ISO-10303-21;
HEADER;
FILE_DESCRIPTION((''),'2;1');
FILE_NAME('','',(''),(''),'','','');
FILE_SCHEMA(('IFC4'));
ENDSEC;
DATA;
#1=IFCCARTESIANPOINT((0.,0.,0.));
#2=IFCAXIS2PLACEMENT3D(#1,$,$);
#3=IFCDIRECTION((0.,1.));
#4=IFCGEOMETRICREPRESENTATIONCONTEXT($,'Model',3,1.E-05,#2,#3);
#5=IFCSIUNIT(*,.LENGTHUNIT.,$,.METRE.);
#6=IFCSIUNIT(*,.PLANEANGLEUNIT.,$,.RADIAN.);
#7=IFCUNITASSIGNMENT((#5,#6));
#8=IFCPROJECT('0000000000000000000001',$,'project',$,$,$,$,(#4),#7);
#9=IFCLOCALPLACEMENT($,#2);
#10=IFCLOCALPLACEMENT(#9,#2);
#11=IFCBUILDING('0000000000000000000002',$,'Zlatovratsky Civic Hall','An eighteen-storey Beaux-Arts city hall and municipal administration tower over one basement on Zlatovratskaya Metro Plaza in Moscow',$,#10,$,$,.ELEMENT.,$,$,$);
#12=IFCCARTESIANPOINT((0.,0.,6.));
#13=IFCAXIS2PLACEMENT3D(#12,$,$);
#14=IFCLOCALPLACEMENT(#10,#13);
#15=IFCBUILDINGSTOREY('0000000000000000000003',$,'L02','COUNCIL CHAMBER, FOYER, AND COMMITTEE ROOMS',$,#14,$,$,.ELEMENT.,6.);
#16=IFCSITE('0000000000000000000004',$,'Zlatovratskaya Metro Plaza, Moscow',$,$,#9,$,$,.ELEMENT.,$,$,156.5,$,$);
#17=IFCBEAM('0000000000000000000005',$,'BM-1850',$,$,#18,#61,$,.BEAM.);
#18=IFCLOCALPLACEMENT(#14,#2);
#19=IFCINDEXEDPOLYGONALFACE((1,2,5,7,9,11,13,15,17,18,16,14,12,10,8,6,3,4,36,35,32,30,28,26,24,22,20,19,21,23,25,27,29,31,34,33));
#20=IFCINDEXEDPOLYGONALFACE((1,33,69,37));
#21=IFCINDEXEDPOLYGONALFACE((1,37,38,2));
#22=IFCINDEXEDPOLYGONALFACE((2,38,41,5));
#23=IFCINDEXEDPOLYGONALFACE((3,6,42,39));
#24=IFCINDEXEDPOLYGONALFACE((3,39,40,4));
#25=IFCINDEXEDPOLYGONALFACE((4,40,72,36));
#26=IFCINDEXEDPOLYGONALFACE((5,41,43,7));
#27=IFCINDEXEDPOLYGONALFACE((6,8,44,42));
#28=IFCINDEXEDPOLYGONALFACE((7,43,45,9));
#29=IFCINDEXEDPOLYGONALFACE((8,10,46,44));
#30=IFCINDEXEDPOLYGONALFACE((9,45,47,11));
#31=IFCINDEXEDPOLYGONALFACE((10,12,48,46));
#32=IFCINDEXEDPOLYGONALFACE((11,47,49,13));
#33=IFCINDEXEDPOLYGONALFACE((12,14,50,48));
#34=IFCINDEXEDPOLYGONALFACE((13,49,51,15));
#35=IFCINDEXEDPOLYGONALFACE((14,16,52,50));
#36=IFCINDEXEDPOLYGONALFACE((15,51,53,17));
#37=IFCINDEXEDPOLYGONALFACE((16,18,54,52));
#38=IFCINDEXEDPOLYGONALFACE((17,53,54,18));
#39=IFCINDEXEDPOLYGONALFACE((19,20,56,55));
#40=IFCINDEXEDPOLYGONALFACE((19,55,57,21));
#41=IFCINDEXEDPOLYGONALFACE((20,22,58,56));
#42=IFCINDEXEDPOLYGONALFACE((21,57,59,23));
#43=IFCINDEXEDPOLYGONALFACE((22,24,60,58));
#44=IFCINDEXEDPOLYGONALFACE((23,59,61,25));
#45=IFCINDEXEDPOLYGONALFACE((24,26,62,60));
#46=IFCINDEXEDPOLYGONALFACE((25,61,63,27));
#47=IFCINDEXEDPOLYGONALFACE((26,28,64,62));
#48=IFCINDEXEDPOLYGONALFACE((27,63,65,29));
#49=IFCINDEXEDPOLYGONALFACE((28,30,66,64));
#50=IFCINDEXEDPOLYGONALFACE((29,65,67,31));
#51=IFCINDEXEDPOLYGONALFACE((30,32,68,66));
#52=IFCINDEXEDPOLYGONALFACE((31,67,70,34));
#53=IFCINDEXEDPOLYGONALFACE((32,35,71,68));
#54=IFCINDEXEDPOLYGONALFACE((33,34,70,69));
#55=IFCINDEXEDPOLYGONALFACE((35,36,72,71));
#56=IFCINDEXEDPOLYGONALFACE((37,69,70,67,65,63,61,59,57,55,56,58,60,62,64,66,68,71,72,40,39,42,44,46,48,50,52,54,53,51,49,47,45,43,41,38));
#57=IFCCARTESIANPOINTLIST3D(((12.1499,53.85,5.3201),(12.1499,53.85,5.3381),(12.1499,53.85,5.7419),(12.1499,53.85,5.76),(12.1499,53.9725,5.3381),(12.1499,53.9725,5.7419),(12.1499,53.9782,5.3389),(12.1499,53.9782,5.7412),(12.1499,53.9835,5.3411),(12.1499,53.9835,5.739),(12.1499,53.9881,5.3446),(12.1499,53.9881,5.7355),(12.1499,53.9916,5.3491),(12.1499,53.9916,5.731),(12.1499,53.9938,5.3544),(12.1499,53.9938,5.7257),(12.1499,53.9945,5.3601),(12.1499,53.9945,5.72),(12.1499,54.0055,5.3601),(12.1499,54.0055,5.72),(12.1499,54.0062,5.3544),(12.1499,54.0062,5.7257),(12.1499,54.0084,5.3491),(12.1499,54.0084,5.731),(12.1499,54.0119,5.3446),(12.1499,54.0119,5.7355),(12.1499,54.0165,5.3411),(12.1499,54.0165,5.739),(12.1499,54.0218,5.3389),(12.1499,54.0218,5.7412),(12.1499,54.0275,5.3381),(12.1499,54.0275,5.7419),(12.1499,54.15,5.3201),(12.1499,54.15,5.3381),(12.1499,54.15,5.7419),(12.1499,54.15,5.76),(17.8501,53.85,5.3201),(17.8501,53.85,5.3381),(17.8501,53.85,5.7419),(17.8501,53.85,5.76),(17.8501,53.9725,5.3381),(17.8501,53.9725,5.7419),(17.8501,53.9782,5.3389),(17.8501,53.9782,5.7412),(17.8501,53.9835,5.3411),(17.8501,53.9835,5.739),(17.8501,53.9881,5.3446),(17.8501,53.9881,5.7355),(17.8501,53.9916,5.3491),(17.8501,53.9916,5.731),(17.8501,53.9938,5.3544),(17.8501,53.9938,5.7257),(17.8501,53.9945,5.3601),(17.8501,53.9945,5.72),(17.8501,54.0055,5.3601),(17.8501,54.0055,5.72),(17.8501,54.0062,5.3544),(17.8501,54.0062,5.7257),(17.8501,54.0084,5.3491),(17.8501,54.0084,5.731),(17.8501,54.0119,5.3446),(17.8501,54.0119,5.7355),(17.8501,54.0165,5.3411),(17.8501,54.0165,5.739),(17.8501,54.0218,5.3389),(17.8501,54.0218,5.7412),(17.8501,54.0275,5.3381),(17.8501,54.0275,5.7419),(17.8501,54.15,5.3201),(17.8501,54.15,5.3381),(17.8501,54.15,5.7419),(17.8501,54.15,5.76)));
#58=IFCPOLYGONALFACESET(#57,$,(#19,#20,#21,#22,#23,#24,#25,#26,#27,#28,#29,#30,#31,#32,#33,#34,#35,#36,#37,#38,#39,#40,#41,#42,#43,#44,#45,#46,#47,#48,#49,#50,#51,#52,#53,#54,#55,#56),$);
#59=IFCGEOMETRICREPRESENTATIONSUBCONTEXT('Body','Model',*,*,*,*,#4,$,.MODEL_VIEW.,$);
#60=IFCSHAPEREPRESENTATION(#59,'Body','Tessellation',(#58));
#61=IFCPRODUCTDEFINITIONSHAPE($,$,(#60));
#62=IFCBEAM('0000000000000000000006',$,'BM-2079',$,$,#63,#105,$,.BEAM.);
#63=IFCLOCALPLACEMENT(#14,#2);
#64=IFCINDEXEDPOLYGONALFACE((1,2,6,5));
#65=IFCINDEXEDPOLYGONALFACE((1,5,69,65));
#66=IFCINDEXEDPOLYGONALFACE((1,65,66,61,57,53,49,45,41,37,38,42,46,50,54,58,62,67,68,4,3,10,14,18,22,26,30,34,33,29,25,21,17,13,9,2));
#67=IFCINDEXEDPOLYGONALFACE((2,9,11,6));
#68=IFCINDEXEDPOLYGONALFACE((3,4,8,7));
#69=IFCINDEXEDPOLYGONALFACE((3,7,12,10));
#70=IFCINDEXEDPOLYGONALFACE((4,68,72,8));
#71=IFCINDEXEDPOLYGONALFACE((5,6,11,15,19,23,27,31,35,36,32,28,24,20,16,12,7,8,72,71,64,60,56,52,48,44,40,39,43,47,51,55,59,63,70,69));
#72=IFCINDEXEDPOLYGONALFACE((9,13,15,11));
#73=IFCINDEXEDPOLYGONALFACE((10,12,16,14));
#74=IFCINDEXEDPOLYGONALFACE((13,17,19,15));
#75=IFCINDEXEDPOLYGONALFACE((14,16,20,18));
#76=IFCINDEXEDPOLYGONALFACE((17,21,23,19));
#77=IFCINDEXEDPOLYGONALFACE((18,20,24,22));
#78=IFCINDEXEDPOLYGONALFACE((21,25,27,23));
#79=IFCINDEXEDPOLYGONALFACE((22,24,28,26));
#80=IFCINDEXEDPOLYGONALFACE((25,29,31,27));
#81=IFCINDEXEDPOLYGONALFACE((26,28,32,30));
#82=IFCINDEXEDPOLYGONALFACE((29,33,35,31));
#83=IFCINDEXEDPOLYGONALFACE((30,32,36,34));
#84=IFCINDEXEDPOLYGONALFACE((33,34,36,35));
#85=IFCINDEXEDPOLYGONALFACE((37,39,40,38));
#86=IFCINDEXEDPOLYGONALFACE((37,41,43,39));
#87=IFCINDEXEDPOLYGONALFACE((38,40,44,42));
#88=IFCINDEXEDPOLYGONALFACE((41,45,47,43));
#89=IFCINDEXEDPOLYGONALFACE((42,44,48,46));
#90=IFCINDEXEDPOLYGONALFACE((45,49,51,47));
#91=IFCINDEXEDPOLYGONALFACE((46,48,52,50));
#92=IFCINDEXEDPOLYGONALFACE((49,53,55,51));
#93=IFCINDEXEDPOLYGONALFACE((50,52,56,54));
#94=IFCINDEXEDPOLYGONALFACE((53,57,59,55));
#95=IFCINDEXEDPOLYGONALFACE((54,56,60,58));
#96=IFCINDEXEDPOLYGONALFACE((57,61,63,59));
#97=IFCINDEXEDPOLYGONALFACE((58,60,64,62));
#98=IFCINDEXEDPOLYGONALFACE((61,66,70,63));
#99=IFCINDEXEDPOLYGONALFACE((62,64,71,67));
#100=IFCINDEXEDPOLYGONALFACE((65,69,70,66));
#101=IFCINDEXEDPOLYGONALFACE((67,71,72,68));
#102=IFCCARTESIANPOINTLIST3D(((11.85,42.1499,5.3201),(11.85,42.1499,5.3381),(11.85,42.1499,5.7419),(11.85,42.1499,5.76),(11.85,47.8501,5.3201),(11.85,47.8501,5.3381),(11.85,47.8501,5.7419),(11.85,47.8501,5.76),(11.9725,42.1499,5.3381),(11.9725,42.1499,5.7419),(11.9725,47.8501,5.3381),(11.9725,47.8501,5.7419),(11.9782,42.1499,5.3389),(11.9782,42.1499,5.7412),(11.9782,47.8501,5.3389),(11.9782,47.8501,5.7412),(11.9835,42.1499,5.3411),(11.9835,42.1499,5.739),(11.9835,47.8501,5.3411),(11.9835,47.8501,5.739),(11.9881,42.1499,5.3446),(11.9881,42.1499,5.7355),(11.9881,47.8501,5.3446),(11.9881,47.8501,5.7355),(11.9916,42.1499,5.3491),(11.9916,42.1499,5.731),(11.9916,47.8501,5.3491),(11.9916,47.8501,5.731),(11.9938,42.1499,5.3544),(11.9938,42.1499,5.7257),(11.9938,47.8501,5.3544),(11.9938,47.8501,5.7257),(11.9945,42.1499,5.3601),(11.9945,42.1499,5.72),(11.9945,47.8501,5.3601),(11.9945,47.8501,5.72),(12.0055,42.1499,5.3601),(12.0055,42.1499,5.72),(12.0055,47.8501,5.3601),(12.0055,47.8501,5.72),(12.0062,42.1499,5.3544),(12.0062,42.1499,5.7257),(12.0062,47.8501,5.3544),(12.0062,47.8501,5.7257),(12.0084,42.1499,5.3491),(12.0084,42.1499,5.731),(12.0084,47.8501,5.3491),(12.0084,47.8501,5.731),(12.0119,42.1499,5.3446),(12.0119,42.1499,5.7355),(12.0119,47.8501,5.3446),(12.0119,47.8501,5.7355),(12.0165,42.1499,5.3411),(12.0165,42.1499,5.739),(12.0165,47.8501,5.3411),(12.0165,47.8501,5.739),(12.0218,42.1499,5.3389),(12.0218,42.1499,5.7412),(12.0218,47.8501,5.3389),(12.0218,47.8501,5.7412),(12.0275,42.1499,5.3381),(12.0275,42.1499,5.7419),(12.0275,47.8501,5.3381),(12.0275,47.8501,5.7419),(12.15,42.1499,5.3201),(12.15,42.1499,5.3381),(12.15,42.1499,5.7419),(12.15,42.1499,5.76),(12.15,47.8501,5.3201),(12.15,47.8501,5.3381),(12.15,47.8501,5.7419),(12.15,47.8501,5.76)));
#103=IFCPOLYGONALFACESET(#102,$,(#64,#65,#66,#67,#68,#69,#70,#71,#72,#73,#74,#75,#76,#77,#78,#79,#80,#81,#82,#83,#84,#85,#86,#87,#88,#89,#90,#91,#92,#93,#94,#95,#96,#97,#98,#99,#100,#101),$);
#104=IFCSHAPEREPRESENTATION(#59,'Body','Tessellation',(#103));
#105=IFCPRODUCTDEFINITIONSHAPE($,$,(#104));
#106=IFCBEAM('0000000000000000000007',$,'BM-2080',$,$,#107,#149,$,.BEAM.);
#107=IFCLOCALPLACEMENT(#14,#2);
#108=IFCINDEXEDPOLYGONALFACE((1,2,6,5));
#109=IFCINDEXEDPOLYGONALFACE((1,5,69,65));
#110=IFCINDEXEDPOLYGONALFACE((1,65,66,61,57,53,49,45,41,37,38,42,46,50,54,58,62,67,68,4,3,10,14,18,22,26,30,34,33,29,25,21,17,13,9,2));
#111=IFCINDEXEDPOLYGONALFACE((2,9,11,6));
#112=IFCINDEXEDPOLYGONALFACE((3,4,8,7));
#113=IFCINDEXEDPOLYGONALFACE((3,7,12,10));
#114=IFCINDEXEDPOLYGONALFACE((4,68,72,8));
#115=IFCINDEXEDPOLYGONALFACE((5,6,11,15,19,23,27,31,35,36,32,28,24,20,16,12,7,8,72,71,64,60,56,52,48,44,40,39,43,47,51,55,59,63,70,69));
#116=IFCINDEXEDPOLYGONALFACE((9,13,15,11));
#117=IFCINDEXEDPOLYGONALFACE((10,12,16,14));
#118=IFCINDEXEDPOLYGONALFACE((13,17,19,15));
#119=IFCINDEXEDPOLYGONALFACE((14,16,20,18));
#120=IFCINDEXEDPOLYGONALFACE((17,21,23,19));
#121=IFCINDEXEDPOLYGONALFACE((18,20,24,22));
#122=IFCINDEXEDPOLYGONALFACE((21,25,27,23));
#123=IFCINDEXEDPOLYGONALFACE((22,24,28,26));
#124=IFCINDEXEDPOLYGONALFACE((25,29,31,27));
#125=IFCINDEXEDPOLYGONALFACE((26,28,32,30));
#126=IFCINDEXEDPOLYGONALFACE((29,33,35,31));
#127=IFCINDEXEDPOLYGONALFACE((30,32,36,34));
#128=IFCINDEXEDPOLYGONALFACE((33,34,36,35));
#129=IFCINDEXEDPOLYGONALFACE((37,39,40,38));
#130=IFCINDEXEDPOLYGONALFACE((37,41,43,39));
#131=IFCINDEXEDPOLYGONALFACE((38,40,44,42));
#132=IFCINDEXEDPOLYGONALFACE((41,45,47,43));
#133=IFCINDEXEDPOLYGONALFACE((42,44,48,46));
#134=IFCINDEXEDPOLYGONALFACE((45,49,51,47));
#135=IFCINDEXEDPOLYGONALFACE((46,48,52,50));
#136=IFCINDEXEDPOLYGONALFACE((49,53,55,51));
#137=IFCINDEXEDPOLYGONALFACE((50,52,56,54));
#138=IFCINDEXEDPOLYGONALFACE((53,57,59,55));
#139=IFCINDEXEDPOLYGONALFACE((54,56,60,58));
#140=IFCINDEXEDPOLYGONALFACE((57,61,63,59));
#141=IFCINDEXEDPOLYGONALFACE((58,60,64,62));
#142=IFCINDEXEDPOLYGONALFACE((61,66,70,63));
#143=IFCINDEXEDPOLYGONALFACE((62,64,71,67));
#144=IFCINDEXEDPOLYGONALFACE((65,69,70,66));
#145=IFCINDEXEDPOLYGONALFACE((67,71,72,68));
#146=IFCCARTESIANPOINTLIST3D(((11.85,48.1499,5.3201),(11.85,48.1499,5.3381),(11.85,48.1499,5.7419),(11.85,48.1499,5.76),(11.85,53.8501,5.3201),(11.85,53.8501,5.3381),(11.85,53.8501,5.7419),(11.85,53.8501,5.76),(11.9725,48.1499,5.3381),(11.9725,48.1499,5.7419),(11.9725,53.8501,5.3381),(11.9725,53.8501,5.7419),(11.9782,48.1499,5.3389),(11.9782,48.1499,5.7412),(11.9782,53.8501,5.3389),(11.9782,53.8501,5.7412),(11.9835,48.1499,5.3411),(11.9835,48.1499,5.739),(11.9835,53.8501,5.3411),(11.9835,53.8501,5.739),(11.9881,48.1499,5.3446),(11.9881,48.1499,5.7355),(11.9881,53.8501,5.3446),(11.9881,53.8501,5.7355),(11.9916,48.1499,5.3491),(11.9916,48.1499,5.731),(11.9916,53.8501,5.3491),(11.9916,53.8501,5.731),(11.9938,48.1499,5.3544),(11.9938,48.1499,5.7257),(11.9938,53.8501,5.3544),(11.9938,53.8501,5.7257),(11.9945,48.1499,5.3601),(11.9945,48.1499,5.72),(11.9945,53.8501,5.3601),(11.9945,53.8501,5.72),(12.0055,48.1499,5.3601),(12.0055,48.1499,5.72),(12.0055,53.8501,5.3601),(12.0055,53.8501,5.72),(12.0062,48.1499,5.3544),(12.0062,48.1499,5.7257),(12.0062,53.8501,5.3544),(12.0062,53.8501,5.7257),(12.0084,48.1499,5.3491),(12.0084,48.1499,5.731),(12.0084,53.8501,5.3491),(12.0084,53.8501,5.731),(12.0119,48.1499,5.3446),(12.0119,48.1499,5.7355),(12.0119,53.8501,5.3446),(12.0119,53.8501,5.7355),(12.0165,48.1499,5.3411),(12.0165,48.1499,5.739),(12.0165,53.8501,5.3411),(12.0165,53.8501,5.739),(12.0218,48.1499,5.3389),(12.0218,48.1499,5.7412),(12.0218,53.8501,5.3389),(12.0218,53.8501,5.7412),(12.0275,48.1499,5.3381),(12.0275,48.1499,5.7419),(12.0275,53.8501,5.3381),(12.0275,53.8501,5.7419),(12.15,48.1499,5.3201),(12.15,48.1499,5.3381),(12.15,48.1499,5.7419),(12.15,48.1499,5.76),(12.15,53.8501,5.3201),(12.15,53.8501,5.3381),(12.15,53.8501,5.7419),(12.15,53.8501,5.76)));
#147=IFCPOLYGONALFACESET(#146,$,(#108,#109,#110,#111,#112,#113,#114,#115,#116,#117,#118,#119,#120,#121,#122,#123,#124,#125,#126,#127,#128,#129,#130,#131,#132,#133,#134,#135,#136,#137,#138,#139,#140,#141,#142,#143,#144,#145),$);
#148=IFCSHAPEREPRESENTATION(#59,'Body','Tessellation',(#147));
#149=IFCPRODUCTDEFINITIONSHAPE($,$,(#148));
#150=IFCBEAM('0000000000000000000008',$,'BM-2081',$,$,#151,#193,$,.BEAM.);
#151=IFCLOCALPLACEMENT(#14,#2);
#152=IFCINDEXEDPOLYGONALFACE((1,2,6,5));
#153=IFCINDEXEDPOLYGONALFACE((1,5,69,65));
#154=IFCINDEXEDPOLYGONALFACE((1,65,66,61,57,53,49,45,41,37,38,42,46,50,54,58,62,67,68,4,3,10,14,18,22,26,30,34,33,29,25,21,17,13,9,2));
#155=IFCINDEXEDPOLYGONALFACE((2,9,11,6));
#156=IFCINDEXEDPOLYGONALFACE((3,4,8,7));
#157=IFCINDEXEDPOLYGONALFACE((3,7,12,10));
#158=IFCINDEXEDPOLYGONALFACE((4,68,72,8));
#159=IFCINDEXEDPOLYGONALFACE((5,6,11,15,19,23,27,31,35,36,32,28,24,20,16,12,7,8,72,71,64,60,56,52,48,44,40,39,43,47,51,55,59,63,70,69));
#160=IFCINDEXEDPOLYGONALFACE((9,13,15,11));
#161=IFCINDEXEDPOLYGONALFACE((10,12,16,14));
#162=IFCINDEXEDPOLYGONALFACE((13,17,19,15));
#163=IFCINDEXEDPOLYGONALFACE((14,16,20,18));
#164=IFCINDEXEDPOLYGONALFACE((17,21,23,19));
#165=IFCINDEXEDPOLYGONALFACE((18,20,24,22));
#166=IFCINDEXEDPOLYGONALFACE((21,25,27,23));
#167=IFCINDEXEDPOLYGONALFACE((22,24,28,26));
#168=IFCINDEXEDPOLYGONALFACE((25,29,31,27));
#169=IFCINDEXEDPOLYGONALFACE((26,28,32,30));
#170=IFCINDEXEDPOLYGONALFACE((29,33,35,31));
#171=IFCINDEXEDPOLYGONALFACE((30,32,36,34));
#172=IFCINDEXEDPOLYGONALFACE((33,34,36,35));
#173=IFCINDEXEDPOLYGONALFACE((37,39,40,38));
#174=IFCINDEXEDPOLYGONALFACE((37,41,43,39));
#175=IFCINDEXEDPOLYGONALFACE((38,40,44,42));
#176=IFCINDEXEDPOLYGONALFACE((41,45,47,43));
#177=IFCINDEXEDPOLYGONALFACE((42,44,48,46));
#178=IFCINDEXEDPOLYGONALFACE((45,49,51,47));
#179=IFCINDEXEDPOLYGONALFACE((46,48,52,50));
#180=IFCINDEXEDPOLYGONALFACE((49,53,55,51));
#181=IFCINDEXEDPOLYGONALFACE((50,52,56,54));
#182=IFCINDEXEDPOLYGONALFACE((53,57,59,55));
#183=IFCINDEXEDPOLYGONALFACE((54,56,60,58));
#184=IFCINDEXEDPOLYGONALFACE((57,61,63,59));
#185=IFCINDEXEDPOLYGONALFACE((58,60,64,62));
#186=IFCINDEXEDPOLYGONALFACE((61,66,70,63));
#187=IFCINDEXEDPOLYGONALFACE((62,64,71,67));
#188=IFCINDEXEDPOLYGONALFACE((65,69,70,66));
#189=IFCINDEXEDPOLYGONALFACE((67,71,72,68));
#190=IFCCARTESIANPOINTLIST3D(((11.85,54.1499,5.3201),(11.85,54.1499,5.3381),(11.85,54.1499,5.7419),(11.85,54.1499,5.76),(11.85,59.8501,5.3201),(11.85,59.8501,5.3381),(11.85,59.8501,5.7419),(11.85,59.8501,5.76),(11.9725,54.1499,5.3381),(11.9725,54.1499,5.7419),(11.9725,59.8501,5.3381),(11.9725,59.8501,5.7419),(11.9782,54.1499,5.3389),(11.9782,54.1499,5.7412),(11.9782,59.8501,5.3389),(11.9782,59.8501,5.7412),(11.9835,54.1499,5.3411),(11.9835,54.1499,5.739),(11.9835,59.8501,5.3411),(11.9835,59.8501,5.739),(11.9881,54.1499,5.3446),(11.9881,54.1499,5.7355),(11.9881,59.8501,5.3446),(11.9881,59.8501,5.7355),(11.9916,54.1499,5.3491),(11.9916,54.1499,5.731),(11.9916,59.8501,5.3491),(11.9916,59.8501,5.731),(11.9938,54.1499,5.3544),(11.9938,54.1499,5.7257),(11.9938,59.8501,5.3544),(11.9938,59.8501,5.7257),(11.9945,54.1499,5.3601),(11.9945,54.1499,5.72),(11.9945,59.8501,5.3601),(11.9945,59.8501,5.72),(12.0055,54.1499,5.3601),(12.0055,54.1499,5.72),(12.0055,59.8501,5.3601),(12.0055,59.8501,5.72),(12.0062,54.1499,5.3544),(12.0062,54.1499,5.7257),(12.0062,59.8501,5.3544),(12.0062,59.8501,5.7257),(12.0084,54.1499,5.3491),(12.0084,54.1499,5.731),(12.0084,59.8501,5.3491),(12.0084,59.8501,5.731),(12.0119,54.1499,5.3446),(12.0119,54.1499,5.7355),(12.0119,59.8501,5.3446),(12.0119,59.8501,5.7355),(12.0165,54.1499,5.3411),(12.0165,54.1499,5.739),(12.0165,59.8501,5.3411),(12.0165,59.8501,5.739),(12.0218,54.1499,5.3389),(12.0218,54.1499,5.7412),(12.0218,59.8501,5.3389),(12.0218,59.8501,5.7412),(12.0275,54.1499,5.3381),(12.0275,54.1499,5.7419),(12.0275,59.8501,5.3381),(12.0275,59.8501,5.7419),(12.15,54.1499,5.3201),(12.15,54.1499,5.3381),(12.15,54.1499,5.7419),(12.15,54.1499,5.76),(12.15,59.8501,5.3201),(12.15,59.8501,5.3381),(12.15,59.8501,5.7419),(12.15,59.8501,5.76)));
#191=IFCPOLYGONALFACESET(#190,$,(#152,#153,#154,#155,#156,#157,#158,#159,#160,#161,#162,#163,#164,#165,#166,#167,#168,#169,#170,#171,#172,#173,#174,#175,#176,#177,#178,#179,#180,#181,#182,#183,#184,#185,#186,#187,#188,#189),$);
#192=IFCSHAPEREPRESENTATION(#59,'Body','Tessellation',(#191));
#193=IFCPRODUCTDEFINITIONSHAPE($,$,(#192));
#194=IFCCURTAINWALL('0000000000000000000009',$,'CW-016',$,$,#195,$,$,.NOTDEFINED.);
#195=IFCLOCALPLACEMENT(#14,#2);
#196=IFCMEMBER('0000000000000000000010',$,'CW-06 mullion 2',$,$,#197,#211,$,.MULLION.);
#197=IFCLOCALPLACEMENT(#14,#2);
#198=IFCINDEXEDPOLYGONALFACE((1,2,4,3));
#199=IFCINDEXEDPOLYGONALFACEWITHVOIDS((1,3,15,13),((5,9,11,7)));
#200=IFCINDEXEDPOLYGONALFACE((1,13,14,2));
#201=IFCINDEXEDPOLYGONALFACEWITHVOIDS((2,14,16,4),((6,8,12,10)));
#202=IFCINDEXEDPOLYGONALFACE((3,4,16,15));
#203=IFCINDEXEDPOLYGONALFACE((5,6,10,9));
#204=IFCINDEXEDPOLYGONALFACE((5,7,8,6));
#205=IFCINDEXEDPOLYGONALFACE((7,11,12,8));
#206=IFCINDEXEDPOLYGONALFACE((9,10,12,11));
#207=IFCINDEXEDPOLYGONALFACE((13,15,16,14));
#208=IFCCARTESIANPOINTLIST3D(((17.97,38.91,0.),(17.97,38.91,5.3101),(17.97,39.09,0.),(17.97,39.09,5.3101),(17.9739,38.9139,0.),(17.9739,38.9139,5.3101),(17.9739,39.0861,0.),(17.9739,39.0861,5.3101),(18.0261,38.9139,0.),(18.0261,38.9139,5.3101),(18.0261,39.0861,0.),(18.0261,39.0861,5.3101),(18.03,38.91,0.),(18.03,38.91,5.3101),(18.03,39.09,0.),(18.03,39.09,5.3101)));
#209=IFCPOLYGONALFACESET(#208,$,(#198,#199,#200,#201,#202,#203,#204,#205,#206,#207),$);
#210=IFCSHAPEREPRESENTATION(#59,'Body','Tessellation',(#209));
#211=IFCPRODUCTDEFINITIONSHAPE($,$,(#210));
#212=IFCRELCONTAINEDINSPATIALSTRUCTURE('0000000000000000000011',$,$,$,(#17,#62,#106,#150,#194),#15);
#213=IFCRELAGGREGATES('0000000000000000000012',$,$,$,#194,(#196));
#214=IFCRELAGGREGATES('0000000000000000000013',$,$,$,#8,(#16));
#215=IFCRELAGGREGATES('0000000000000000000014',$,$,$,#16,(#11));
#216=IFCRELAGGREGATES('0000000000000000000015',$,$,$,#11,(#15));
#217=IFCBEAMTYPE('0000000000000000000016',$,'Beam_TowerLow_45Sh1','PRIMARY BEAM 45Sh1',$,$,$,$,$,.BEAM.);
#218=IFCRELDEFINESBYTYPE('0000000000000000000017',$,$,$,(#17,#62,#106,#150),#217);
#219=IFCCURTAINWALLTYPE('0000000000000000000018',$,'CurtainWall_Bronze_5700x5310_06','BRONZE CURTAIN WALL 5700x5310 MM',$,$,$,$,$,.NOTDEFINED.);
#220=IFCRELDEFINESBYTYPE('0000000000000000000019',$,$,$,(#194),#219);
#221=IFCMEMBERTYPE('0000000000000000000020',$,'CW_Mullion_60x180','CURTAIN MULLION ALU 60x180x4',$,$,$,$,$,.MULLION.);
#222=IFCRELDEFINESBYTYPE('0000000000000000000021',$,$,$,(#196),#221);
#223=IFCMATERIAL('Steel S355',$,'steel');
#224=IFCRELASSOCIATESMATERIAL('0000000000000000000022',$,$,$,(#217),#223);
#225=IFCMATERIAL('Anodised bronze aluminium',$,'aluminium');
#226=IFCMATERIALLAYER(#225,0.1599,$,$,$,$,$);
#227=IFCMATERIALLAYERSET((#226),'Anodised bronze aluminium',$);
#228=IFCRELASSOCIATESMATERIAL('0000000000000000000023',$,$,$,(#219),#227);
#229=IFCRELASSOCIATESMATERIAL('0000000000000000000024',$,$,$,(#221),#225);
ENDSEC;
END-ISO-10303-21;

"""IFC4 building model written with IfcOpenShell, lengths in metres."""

from ifc_helpers import new_model, si_unit, direction, frame, origin, origin_2d, place, context, subcontext, project, spatial, hollow_rectangle, i_section, extrude, material, layer, layer_set, material_profile, profile_set, type_object, element, aggregate, save


model = new_model("IFC4")

# Units and contexts
model_context = context("Model", 3, precision=1e-05, world=origin(), true_north=direction((0.0, 1.0)))
body_context = subcontext(model_context, "Body", "Model", "MODEL_VIEW")
ifc_project = project(units=[si_unit("LENGTHUNIT", "METRE"), si_unit("PLANEANGLEUNIT", "RADIAN")], contexts=[model_context])

# Site, building, storey
site_placement = place(None, origin())
site = spatial("IfcSite", under=ifc_project, at=site_placement, Name="Zlatovratskaya Metro Plaza, Moscow", CompositionType="ELEMENT", RefElevation=156.5)
building_placement = place(site_placement, origin())
building = spatial("IfcBuilding", under=site, at=building_placement, Name="Zlatovratsky Civic Hall", Description="An eighteen-storey Beaux-Arts city hall and municipal administration tower over one basement on Zlatovratskaya Metro Plaza in Moscow", CompositionType="ELEMENT")
storey_placement = place(building_placement, frame((0.0, 0.0, 6.0)))
storey = spatial("IfcBuildingStorey", under=building, at=storey_placement, Name="L02", Description="COUNCIL CHAMBER, FOYER, AND COMMITTEE ROOMS", CompositionType="ELEMENT", Elevation=6.0)

# Shared definitions
ifc_material_1 = material(Name="Steel S355", Category="steel")

# Beams
ifc_material_profile_1 = material_profile(ifc_material_1, i_section(OverallWidth=0.3, OverallDepth=0.4399, WebThickness=0.011, FlangeThickness=0.0181, FilletRadius=0.022, at=origin_2d()), Name="45Sh1")
ifc_profile_set_1 = profile_set([ifc_material_profile_1], Name="Steel S355")
beam_type_1 = type_object("IfcBeamType", Name="Beam_TowerLow_45Sh1", Description="PRIMARY BEAM 45Sh1", PredefinedType="BEAM", material=ifc_profile_set_1)
for number, where, z_axis, x_axis, name in (
    (1, (12.1499, 54.0, 5.54), (1.0, 0.0, 0.0), (0.0, 1.0, 0.0), "BM-1850"),
    (2, (12.0, 42.1499, 5.54), (0.0, 1.0, 0.0), (-1.0, 0.0, 0.0), "BM-2079"),
    (3, (12.0, 48.1499, 5.54), (0.0, 1.0, 0.0), (-1.0, 0.0, 0.0), "BM-2080"),
    (4, (12.0, 54.1499, 5.54), (0.0, 1.0, 0.0), (-1.0, 0.0, 0.0), "BM-2081"),
):
    element("IfcBeam", number, at=place(storey_placement, frame(where, z_axis=z_axis, x_axis=x_axis)), inside=storey, type_object=beam_type_1, Name=name, PredefinedType="BEAM", context=body_context, shape_type="SweptSolid", body=[
        extrude(i_section(OverallWidth=0.3, OverallDepth=0.4399, WebThickness=0.011, FlangeThickness=0.0181, FilletRadius=0.022, at=origin_2d()), origin(), (0.0, 0.0, 1.0), 5.7002),
    ])

# Curtain wall, member
ifc_material_2 = material(Name="Anodised bronze aluminium", Category="aluminium")
ifc_layer_1 = layer(ifc_material_2, 0.1599)
ifc_layer_set_1 = layer_set([ifc_layer_1], Name="Anodised bronze aluminium")
curtain_wall_type = type_object("IfcCurtainWallType", Name="CurtainWall_Bronze_5700x5310_06", Description="BRONZE CURTAIN WALL 5700x5310 MM", PredefinedType="NOTDEFINED", material=ifc_layer_set_1)
curtain_wall_placement = place(storey_placement, origin())
curtain_wall = element("IfcCurtainWall", 5, at=curtain_wall_placement, inside=storey, type_object=curtain_wall_type, Name="CW-016", PredefinedType="NOTDEFINED")
ifc_material_profile_2 = material_profile(ifc_material_2, hollow_rectangle(XDim=0.0601, YDim=0.1799, WallThickness=0.0039, at=origin_2d()), Name="ALU 60x180x4")
ifc_profile_set_2 = profile_set([ifc_material_profile_2], Name="Anodised bronze aluminium")
member_type_1 = type_object("IfcMemberType", Name="CW_Mullion_60x180", Description="CURTAIN MULLION ALU 60x180x4", PredefinedType="MULLION", material=ifc_profile_set_2)
member_1_placement = place(storey_placement, frame((18.0, 39.0, 0.0), z_axis=(0.0, 0.0, 1.0), x_axis=(-1.0, 0.0, 0.0)))
member_1 = element("IfcMember", 6, at=member_1_placement, type_object=member_type_1, Name="CW-06 mullion 2", PredefinedType="MULLION", context=body_context, shape_type="SweptSolid", body=[
    extrude(hollow_rectangle(XDim=0.0601, YDim=0.1799, WallThickness=0.0039, at=origin_2d()), origin(), (0.0, 0.0, 1.0), 5.3101),
])

aggregate(curtain_wall, [member_1])

save(model, "model.ifc")
